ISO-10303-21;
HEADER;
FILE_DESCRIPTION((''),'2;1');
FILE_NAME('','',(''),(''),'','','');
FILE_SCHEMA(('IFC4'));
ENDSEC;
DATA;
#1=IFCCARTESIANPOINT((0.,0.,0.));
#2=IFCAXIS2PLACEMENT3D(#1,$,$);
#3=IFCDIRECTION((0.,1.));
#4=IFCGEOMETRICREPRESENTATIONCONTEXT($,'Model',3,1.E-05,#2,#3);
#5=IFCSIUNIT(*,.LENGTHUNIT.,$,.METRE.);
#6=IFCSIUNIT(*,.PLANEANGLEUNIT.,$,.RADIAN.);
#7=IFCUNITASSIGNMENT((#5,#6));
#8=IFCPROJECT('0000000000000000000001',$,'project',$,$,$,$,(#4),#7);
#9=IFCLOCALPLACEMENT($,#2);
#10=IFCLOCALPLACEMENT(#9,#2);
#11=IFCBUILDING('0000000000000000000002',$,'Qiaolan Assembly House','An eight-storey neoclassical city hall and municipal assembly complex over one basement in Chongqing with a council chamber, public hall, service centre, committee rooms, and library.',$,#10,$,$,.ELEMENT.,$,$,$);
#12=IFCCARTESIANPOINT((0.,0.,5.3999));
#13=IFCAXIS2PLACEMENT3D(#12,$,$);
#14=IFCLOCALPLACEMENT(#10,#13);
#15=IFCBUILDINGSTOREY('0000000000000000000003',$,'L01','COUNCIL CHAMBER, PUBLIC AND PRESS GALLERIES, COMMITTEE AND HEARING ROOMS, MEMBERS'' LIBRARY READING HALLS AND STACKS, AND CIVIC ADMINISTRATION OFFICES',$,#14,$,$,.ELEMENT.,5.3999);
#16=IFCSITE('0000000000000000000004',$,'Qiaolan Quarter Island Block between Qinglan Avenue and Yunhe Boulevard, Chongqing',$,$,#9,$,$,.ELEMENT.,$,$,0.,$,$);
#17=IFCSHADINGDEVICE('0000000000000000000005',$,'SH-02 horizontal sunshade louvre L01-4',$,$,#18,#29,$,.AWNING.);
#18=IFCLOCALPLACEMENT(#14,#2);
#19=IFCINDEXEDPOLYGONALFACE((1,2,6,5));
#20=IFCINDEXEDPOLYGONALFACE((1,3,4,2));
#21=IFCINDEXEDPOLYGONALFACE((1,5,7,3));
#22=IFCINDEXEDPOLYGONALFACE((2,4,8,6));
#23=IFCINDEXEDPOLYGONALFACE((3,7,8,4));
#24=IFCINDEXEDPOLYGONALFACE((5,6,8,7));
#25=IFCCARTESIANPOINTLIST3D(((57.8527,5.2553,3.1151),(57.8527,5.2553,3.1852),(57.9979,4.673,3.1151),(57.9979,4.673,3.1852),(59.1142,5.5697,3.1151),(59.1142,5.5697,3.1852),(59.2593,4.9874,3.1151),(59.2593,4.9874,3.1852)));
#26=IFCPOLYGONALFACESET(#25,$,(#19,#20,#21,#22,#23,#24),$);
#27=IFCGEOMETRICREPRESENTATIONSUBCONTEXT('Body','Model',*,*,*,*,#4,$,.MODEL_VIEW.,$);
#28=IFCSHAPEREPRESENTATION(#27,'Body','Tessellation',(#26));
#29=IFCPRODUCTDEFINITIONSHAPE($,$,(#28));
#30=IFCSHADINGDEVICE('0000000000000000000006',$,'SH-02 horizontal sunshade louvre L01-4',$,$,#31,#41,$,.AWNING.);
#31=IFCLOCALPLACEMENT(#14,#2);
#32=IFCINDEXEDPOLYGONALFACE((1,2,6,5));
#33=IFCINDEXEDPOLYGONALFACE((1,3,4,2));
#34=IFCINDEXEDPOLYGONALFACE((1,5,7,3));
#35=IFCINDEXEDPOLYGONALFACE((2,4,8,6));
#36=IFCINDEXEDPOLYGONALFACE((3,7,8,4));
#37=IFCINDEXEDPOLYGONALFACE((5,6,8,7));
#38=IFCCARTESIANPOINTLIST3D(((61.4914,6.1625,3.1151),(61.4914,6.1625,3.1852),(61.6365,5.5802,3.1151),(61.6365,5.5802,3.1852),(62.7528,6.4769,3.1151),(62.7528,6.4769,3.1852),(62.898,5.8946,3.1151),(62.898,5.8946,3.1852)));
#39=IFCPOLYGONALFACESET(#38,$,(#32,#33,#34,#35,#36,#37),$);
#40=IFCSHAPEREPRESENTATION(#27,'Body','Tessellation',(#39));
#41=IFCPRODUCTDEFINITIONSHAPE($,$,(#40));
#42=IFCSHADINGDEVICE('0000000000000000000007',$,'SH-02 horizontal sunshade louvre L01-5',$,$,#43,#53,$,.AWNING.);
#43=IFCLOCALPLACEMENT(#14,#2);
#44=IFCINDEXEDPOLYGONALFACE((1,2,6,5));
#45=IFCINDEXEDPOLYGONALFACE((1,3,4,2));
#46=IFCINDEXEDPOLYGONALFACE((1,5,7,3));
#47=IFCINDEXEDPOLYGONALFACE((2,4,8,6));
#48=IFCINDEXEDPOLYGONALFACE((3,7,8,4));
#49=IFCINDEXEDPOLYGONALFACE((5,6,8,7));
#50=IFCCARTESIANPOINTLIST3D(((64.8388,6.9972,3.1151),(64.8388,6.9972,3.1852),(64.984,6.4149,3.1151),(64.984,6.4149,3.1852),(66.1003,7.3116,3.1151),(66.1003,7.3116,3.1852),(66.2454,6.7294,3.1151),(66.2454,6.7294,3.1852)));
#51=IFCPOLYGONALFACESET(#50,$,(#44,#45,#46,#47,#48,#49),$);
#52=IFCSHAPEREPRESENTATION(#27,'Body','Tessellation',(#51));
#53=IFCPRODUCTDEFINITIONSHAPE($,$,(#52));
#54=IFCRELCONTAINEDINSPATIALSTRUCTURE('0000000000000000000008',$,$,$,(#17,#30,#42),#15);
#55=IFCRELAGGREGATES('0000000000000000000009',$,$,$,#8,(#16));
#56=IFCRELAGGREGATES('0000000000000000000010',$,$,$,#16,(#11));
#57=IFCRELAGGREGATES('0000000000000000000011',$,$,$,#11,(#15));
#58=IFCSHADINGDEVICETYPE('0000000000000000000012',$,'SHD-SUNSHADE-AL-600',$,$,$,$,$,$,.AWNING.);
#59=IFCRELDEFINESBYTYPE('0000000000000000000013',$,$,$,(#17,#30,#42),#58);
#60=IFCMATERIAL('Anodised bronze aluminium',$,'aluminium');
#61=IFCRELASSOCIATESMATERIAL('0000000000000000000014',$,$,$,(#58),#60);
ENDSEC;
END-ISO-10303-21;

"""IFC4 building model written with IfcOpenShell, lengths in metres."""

from ifc_helpers import new_model, si_unit, direction, frame, origin, origin_2d, place, context, subcontext, project, spatial, rectangle, extrude, material, material_profile, profile_set, type_object, element, save


model = new_model("IFC4")

# Units and contexts
model_context = context("Model", 3, precision=1e-05, world=origin(), true_north=direction((0.0, 1.0)))
body_context = subcontext(model_context, "Body", "Model", "MODEL_VIEW")
ifc_project = project(units=[si_unit("LENGTHUNIT", "METRE"), si_unit("PLANEANGLEUNIT", "RADIAN")], contexts=[model_context])

# Site, building, storey
site_placement = place(None, origin())
site = spatial("IfcSite", under=ifc_project, at=site_placement, Name="Qiaolan Quarter Island Block between Qinglan Avenue and Yunhe Boulevard, Chongqing", CompositionType="ELEMENT", RefElevation=0.0)
building_placement = place(site_placement, origin())
building = spatial("IfcBuilding", under=site, at=building_placement, Name="Qiaolan Assembly House", Description="An eight-storey neoclassical city hall and municipal assembly complex over one basement in Chongqing with a council chamber, public hall, service centre, committee rooms, and library.", CompositionType="ELEMENT")
storey_placement = place(building_placement, frame((0.0, 0.0, 5.3999)))
storey = spatial("IfcBuildingStorey", under=building, at=storey_placement, Name="L01", Description="COUNCIL CHAMBER, PUBLIC AND PRESS GALLERIES, COMMITTEE AND HEARING ROOMS, MEMBERS' LIBRARY READING HALLS AND STACKS, AND CIVIC ADMINISTRATION OFFICES", CompositionType="ELEMENT", Elevation=5.3999)

# Shading devices
ifc_material_1 = material(Name="Anodised bronze aluminium", Category="aluminium")
ifc_material_profile_1 = material_profile(ifc_material_1, rectangle(XDim=0.6001, YDim=0.0701, at=origin_2d()), Name="SHD 600x70")
ifc_profile_set_1 = profile_set([ifc_material_profile_1], Name="Anodised bronze aluminium")
shading_device_type = type_object("IfcShadingDeviceType", Name="SHD-SUNSHADE-AL-600", PredefinedType="AWNING", material=ifc_profile_set_1)
for number, where, z_axis, x_axis, name in (
    (1, (57.9253, 4.9641, 3.1501), (0.970308, 0.241873, 0.0), (-0.241873, 0.970308, 0.0), "SH-02 horizontal sunshade louvre L01-4"),
    (2, (61.564, 5.8713, 3.1501), (0.970308, 0.241873, 0.0), (-0.241873, 0.970308, 0.0), "SH-02 horizontal sunshade louvre L01-4"),
    (3, (64.9114, 6.7061, 3.1501), (0.970308, 0.241873, 0.0), (-0.241873, 0.970308, 0.0), "SH-02 horizontal sunshade louvre L01-5"),
):
    element("IfcShadingDevice", number, at=place(storey_placement, frame(where, z_axis=z_axis, x_axis=x_axis)), inside=storey, type_object=shading_device_type, Name=name, PredefinedType="AWNING", context=body_context, shape_type="SweptSolid", body=[
        extrude(rectangle(XDim=0.6001, YDim=0.0701, at=origin_2d()), origin(), (0.0, 0.0, 1.0), 1.3),
    ])

save(model, "model.ifc")
